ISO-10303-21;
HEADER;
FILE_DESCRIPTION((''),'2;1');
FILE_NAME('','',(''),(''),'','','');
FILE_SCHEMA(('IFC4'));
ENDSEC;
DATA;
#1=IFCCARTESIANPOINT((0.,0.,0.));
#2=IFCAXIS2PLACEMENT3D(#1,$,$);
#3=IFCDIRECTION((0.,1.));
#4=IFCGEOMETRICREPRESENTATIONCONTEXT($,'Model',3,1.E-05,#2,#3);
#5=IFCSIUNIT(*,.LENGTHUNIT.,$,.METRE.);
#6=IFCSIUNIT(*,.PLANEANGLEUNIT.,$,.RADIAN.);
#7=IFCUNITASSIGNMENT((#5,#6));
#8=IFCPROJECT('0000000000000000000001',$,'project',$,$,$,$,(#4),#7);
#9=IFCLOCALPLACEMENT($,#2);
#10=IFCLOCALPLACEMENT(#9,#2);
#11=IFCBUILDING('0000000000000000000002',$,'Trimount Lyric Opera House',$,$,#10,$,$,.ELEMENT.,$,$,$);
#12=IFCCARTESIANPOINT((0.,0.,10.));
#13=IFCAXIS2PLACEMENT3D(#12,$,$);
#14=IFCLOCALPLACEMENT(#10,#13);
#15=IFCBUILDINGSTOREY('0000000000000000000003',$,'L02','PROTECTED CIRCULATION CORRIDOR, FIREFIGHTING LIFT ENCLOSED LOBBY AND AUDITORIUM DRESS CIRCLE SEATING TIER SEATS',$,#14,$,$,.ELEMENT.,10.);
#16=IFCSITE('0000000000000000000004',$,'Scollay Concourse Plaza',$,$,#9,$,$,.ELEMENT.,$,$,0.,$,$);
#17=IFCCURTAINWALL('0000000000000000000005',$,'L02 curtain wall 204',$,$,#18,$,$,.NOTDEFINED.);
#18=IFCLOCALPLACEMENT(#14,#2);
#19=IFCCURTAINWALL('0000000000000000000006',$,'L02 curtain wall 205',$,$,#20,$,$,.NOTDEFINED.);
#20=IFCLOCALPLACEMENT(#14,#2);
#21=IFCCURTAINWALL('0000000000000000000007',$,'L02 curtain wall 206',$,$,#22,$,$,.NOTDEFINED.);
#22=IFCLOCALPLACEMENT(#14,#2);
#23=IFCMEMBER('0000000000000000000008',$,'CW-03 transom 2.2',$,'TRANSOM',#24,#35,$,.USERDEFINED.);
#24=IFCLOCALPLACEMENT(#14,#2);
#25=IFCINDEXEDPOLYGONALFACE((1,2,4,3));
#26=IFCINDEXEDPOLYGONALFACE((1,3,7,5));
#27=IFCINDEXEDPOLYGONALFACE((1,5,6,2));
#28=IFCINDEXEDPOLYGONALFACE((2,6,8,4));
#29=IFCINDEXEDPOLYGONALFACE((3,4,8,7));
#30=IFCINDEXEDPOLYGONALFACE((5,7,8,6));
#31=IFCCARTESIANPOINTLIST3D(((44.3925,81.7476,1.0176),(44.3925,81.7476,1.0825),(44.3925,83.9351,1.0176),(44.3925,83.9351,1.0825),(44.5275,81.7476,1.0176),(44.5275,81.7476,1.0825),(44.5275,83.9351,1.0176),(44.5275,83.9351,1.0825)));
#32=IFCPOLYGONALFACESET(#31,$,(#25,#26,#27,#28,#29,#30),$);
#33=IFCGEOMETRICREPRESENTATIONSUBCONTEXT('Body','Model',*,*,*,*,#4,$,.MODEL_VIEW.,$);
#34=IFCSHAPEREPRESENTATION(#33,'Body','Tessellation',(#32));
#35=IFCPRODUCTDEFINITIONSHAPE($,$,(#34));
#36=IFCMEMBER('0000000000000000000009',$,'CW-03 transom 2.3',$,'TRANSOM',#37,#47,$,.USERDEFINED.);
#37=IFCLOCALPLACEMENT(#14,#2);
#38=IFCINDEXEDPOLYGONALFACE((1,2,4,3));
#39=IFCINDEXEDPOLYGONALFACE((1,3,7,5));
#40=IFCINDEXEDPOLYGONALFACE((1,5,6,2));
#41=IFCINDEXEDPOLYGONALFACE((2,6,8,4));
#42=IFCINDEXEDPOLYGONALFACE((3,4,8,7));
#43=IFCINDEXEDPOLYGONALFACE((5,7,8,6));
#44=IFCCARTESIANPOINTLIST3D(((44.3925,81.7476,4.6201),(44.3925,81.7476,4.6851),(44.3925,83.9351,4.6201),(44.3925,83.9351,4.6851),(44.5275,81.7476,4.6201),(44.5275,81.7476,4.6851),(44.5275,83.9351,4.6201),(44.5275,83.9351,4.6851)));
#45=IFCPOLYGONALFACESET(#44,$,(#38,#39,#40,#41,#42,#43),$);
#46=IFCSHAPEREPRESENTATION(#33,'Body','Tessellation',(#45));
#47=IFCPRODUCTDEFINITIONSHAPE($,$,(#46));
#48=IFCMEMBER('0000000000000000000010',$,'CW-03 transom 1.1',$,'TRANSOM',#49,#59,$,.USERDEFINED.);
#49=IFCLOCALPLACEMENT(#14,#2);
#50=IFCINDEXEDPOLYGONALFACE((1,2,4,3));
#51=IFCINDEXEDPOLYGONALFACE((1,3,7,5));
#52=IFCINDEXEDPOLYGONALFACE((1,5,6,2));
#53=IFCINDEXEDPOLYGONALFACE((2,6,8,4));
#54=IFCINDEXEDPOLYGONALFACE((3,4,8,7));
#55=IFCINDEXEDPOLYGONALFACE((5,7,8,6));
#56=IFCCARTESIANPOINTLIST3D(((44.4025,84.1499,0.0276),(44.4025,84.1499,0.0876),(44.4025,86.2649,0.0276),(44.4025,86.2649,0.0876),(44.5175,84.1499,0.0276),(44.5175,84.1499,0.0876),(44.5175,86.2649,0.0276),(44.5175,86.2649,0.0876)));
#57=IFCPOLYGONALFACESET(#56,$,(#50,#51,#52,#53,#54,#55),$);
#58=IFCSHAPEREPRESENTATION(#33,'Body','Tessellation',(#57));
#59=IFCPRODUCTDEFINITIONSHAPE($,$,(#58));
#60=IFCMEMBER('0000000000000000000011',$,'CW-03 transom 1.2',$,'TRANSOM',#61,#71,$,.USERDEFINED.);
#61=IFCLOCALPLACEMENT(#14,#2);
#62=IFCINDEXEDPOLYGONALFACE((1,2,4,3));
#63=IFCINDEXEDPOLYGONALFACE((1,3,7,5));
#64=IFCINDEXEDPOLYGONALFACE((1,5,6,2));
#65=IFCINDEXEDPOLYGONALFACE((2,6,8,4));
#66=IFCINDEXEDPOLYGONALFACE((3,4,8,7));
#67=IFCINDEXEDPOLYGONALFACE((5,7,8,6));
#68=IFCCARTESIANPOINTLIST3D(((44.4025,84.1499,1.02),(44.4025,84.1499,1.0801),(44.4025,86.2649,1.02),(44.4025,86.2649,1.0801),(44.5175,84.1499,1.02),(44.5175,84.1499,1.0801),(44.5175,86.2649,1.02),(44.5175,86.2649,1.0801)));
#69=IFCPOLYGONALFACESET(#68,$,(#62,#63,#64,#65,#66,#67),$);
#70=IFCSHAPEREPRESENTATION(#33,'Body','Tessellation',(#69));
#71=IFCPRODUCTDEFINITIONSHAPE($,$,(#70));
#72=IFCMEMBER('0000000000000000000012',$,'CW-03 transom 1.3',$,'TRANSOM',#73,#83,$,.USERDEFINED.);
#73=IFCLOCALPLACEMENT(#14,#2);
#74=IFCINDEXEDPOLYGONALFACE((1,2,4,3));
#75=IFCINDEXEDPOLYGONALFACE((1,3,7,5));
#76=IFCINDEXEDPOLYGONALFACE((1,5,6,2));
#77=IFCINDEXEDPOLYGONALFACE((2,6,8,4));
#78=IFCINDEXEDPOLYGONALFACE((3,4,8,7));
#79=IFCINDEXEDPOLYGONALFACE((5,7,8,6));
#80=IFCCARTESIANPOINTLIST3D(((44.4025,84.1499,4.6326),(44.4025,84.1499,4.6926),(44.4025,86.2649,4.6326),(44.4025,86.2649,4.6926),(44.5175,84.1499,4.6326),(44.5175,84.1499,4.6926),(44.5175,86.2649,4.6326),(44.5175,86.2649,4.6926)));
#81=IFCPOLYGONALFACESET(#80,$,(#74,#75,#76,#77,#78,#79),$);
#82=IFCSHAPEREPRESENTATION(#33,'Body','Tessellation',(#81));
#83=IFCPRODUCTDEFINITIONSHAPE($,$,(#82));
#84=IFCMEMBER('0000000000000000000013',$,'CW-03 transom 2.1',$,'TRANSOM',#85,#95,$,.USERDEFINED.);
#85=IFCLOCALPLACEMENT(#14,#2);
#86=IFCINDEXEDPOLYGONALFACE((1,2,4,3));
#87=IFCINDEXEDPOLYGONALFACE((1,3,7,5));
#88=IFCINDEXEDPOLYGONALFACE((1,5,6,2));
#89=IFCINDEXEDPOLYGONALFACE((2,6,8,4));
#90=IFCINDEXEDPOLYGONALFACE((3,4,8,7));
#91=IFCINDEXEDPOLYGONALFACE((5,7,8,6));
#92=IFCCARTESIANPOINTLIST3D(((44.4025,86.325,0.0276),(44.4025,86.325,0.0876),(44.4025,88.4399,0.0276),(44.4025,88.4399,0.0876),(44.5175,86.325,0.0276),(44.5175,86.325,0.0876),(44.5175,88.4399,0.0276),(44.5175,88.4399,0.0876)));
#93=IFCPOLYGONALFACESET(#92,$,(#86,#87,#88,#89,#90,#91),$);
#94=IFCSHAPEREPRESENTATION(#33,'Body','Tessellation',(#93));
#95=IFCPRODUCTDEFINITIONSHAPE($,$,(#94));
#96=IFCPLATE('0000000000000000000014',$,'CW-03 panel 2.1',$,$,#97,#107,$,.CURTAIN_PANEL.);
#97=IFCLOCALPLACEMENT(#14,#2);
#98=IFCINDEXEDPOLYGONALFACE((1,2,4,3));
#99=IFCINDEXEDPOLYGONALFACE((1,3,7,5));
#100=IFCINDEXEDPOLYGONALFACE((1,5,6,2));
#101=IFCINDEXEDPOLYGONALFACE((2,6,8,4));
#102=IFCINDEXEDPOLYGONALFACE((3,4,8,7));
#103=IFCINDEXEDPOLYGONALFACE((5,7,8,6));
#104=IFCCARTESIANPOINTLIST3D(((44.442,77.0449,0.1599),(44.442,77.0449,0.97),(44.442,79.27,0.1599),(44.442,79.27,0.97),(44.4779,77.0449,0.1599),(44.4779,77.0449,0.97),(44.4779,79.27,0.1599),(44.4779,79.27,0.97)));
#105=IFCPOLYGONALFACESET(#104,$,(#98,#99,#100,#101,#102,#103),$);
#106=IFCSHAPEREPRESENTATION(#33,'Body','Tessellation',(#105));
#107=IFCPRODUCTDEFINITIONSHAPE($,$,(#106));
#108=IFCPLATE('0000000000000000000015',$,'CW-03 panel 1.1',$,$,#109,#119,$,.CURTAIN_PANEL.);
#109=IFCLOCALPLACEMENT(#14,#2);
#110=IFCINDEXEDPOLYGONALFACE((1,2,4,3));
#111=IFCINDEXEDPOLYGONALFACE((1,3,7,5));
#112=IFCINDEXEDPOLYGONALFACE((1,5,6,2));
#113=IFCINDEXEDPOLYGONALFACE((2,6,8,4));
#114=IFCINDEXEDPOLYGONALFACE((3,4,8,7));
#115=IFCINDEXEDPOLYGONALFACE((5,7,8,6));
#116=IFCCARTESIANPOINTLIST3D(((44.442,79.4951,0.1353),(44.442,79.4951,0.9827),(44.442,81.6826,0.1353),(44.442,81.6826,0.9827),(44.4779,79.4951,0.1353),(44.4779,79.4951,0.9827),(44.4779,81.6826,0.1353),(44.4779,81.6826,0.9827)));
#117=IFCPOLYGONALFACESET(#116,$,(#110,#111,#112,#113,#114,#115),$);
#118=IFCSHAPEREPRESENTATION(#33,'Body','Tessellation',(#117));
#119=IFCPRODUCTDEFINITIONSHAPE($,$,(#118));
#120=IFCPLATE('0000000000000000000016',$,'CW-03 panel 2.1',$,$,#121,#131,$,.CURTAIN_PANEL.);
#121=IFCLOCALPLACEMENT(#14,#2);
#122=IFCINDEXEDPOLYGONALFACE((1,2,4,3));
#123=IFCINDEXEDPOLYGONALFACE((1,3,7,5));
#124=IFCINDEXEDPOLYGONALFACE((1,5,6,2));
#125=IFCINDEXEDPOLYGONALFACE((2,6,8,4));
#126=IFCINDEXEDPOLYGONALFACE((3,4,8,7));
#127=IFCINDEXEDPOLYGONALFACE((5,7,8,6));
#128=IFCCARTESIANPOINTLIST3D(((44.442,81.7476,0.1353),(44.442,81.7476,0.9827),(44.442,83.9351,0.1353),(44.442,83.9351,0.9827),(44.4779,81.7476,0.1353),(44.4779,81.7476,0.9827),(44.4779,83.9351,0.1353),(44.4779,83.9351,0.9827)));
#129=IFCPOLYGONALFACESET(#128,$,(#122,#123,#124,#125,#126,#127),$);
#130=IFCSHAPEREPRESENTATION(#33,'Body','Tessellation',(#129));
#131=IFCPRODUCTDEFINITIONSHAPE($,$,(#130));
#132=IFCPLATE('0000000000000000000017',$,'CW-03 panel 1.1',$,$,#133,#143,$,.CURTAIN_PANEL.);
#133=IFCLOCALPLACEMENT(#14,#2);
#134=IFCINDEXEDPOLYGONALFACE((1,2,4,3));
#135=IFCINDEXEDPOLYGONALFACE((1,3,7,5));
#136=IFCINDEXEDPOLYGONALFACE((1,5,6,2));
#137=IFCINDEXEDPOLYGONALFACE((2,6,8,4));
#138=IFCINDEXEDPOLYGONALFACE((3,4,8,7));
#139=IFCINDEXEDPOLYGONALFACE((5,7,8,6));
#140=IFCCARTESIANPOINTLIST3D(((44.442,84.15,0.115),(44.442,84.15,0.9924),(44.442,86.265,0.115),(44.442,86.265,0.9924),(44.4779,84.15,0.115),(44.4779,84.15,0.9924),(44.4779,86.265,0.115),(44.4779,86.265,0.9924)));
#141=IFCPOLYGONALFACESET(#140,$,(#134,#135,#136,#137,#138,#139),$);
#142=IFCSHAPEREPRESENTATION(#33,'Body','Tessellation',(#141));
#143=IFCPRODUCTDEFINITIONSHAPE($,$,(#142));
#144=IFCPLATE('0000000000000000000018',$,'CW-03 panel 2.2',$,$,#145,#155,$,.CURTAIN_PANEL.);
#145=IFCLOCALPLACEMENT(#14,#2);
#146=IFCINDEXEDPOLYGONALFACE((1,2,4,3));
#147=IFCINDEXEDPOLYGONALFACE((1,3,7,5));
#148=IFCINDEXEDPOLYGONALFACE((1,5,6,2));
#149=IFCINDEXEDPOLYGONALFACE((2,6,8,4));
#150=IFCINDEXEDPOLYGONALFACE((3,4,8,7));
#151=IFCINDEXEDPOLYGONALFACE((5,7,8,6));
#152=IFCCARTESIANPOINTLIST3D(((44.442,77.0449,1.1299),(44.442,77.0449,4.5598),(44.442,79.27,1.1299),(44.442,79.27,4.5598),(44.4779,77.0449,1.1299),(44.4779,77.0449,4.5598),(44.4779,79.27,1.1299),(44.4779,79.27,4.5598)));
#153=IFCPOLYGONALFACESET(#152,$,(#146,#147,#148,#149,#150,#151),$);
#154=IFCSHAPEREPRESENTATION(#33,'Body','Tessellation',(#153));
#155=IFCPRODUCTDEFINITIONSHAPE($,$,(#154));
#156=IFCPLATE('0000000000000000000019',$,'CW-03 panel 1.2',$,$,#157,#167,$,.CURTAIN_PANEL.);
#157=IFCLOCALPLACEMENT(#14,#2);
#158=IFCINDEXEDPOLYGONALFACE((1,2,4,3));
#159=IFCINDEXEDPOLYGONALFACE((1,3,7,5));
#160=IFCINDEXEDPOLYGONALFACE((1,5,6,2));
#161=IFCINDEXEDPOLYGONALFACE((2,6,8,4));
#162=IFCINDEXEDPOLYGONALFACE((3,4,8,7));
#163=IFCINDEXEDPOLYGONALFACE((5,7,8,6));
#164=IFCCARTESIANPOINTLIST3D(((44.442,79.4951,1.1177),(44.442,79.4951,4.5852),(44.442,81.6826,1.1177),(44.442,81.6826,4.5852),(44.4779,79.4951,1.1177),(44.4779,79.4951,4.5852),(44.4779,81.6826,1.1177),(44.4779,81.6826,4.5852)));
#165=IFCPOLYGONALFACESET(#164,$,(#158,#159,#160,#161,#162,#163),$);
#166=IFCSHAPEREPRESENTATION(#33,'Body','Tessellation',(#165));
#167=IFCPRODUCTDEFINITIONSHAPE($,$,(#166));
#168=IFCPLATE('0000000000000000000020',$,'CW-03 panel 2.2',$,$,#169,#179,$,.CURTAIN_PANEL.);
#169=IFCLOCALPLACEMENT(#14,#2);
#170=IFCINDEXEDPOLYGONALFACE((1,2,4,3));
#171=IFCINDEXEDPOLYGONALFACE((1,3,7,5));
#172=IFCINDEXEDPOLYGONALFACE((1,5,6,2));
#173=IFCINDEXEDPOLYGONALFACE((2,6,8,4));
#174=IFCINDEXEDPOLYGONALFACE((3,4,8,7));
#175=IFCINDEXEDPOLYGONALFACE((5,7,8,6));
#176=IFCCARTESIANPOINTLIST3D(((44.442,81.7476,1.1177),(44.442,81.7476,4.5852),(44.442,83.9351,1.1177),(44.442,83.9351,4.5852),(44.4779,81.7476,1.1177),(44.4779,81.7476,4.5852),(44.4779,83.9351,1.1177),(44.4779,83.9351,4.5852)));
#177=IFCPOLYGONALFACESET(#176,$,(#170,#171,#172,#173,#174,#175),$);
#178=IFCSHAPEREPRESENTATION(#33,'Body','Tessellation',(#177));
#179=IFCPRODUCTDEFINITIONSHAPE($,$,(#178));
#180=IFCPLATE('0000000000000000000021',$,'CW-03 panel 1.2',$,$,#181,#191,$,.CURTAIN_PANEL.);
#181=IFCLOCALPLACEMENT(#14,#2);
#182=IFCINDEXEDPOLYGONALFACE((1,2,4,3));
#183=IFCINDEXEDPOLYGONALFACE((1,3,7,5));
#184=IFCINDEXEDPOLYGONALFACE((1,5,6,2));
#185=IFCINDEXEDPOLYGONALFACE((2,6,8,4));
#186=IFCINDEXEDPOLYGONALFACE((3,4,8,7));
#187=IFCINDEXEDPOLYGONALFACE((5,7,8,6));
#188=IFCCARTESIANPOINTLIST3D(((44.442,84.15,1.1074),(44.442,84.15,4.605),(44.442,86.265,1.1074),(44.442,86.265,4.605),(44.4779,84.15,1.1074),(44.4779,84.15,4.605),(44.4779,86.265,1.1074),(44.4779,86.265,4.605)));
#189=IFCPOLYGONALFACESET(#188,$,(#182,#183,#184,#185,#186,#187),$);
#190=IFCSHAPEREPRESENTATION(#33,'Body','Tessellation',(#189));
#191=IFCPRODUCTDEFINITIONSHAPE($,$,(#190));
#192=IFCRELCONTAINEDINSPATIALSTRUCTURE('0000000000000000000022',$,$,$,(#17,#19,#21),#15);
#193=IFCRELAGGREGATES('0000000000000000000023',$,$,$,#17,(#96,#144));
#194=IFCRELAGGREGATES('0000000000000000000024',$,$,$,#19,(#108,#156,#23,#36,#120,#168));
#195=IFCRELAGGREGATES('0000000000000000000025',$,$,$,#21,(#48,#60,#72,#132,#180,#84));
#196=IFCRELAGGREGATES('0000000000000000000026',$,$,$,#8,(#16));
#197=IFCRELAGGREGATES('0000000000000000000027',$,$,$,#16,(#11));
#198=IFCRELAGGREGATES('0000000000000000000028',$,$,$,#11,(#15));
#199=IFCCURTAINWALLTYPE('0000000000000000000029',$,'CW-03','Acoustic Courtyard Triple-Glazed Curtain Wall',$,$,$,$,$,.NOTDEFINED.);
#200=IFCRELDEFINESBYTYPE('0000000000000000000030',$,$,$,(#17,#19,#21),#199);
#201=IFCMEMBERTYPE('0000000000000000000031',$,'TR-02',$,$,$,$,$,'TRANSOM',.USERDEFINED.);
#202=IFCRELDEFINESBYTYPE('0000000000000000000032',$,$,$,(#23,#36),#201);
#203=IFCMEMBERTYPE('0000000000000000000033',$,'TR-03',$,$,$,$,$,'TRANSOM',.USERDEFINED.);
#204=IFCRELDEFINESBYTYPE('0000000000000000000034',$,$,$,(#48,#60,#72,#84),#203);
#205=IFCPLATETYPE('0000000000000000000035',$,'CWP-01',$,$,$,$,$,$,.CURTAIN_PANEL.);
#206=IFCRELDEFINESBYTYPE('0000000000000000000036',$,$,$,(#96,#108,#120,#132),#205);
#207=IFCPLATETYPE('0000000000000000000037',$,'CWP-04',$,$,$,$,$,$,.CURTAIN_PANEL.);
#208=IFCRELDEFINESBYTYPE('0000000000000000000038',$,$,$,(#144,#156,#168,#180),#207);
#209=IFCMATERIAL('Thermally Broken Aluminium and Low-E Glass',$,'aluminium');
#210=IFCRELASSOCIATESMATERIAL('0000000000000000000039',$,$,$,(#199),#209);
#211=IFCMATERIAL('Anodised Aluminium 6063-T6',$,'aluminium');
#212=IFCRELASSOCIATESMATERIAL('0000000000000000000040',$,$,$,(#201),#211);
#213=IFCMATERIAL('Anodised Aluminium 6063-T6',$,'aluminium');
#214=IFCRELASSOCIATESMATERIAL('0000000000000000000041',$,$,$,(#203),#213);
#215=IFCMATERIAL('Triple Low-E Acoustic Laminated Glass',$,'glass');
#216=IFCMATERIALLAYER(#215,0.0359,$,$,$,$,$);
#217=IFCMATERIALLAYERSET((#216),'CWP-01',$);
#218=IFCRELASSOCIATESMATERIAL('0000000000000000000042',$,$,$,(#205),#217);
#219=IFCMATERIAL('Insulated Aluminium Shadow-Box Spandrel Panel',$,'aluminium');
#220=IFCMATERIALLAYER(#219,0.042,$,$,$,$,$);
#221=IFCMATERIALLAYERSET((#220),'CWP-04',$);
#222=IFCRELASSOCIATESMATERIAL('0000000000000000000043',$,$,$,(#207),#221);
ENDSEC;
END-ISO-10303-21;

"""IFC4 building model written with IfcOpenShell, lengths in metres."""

from ifc_helpers import new_model, si_unit, direction, frame, origin, origin_2d, place, context, subcontext, project, spatial, rectangle, extrude, material, layer, layer_set, material_profile, profile_set, type_object, element, aggregate, save


model = new_model("IFC4")

# Units and contexts
model_context = context("Model", 3, precision=1e-05, world=origin(), true_north=direction((0.0, 1.0)))
body_context = subcontext(model_context, "Body", "Model", "MODEL_VIEW")
ifc_project = project(units=[si_unit("LENGTHUNIT", "METRE"), si_unit("PLANEANGLEUNIT", "RADIAN")], contexts=[model_context])

# Site, building, storey
site_placement = place(None, origin())
site = spatial("IfcSite", under=ifc_project, at=site_placement, Name="Scollay Concourse Plaza", CompositionType="ELEMENT", RefElevation=0.0)
building_placement = place(site_placement, origin())
building = spatial("IfcBuilding", under=site, at=building_placement, Name="Trimount Lyric Opera House", CompositionType="ELEMENT")
storey_placement = place(building_placement, frame((0.0, 0.0, 10.0)))
storey = spatial("IfcBuildingStorey", under=building, at=storey_placement, Name="L02", Description="PROTECTED CIRCULATION CORRIDOR, FIREFIGHTING LIFT ENCLOSED LOBBY AND AUDITORIUM DRESS CIRCLE SEATING TIER SEATS", CompositionType="ELEMENT", Elevation=10.0)

# Curtain walls
ifc_material_1 = material(Name="Thermally Broken Aluminium and Low-E Glass", Category="aluminium")
curtain_wall_type = type_object("IfcCurtainWallType", Name="CW-03", Description="Acoustic Courtyard Triple-Glazed Curtain Wall", PredefinedType="NOTDEFINED", material=ifc_material_1)
curtain_wall_1_placement = place(storey_placement, origin())
curtain_wall_1 = element("IfcCurtainWall", 1, at=curtain_wall_1_placement, inside=storey, type_object=curtain_wall_type, Name="L02 curtain wall 204", PredefinedType="NOTDEFINED")
curtain_wall_2_placement = place(storey_placement, origin())
curtain_wall_2 = element("IfcCurtainWall", 2, at=curtain_wall_2_placement, inside=storey, type_object=curtain_wall_type, Name="L02 curtain wall 205", PredefinedType="NOTDEFINED")
curtain_wall_3_placement = place(storey_placement, origin())
curtain_wall_3 = element("IfcCurtainWall", 3, at=curtain_wall_3_placement, inside=storey, type_object=curtain_wall_type, Name="L02 curtain wall 206", PredefinedType="NOTDEFINED")

# Members
ifc_material_2 = material(Name="Anodised Aluminium 6063-T6", Category="aluminium")
ifc_material_profile_1 = material_profile(ifc_material_2, rectangle(XDim=0.135, YDim=0.0649, at=origin_2d()), Name="ALU-TRAN-65X135")
ifc_profile_set_1 = profile_set([ifc_material_profile_1], Name="Anodised Aluminium 6063-T6")
member_type_1 = type_object("IfcMemberType", Name="TR-02", ElementType="TRANSOM", PredefinedType="USERDEFINED", material=ifc_profile_set_1)
member_1_placement = place(storey_placement, frame((44.46, 81.7476, 1.05), z_axis=(0.0, 1.0, 0.0), x_axis=(-1.0, 0.0, 0.0)))
member_1 = element("IfcMember", 4, at=member_1_placement, type_object=member_type_1, Name="CW-03 transom 2.2", ObjectType="TRANSOM", PredefinedType="USERDEFINED", context=body_context, shape_type="SweptSolid", body=[
    extrude(rectangle(XDim=0.135, YDim=0.0649, at=origin_2d()), origin(), (0.0, 0.0, 1.0), 2.1875),
])
member_2_placement = place(storey_placement, frame((44.46, 81.7476, 4.6526), z_axis=(0.0, 1.0, 0.0), x_axis=(-1.0, 0.0, 0.0)))
member_2 = element("IfcMember", 5, at=member_2_placement, type_object=member_type_1, Name="CW-03 transom 2.3", ObjectType="TRANSOM", PredefinedType="USERDEFINED", context=body_context, shape_type="SweptSolid", body=[
    extrude(rectangle(XDim=0.135, YDim=0.0649, at=origin_2d()), origin(), (0.0, 0.0, 1.0), 2.1875),
])
ifc_material_3 = material(Name="Anodised Aluminium 6063-T6", Category="aluminium")
ifc_material_profile_2 = material_profile(ifc_material_3, rectangle(XDim=0.115, YDim=0.0601, at=origin_2d()), Name="ALU-TRAN-60X115")
ifc_profile_set_2 = profile_set([ifc_material_profile_2], Name="Anodised Aluminium 6063-T6")
member_type_2 = type_object("IfcMemberType", Name="TR-03", ElementType="TRANSOM", PredefinedType="USERDEFINED", material=ifc_profile_set_2)
member_3_placement = place(storey_placement, frame((44.46, 84.1499, 0.0576), z_axis=(0.0, 1.0, 0.0), x_axis=(-1.0, 0.0, 0.0)))
member_3 = element("IfcMember", 6, at=member_3_placement, type_object=member_type_2, Name="CW-03 transom 1.1", ObjectType="TRANSOM", PredefinedType="USERDEFINED", context=body_context, shape_type="SweptSolid", body=[
    extrude(rectangle(XDim=0.115, YDim=0.0601, at=origin_2d()), origin(), (0.0, 0.0, 1.0), 2.115),
])
member_4_placement = place(storey_placement, frame((44.46, 84.1499, 1.05), z_axis=(0.0, 1.0, 0.0), x_axis=(-1.0, 0.0, 0.0)))
member_4 = element("IfcMember", 7, at=member_4_placement, type_object=member_type_2, Name="CW-03 transom 1.2", ObjectType="TRANSOM", PredefinedType="USERDEFINED", context=body_context, shape_type="SweptSolid", body=[
    extrude(rectangle(XDim=0.115, YDim=0.0601, at=origin_2d()), origin(), (0.0, 0.0, 1.0), 2.115),
])
member_5_placement = place(storey_placement, frame((44.46, 84.1499, 4.6626), z_axis=(0.0, 1.0, 0.0), x_axis=(-1.0, 0.0, 0.0)))
member_5 = element("IfcMember", 8, at=member_5_placement, type_object=member_type_2, Name="CW-03 transom 1.3", ObjectType="TRANSOM", PredefinedType="USERDEFINED", context=body_context, shape_type="SweptSolid", body=[
    extrude(rectangle(XDim=0.115, YDim=0.0601, at=origin_2d()), origin(), (0.0, 0.0, 1.0), 2.115),
])
member_6_placement = place(storey_placement, frame((44.46, 86.325, 0.0576), z_axis=(0.0, 1.0, 0.0), x_axis=(-1.0, 0.0, 0.0)))
member_6 = element("IfcMember", 9, at=member_6_placement, type_object=member_type_2, Name="CW-03 transom 2.1", ObjectType="TRANSOM", PredefinedType="USERDEFINED", context=body_context, shape_type="SweptSolid", body=[
    extrude(rectangle(XDim=0.115, YDim=0.0601, at=origin_2d()), origin(), (0.0, 0.0, 1.0), 2.115),
])

# Plates
ifc_material_4 = material(Name="Triple Low-E Acoustic Laminated Glass", Category="glass")
ifc_layer_1 = layer(ifc_material_4, 0.0359)
ifc_layer_set_1 = layer_set([ifc_layer_1], Name="CWP-01")
plate_type_1 = type_object("IfcPlateType", Name="CWP-01", PredefinedType="CURTAIN_PANEL", material=ifc_layer_set_1)
plate_1_placement = place(storey_placement, frame((44.46, 78.1575, 0.1599), z_axis=(0.0, 0.0, 1.0), x_axis=(0.0, 1.0, 0.0)))
plate_1 = element("IfcPlate", 10, at=plate_1_placement, type_object=plate_type_1, Name="CW-03 panel 2.1", PredefinedType="CURTAIN_PANEL", context=body_context, shape_type="SweptSolid", body=[
    extrude(rectangle(XDim=2.2251, YDim=0.0359, at=origin_2d()), origin(), (0.0, 0.0, 1.0), 0.8101),
])
plate_2_placement = place(storey_placement, frame((44.46, 80.5889, 0.1353), z_axis=(0.0, 0.0, 1.0), x_axis=(0.0, 1.0, 0.0)))
plate_2 = element("IfcPlate", 11, at=plate_2_placement, type_object=plate_type_1, Name="CW-03 panel 1.1", PredefinedType="CURTAIN_PANEL", context=body_context, shape_type="SweptSolid", body=[
    extrude(rectangle(XDim=2.1875, YDim=0.0359, at=origin_2d()), origin(), (0.0, 0.0, 1.0), 0.8474),
])
plate_3_placement = place(storey_placement, frame((44.46, 82.8413, 0.1353), z_axis=(0.0, 0.0, 1.0), x_axis=(0.0, 1.0, 0.0)))
plate_3 = element("IfcPlate", 12, at=plate_3_placement, type_object=plate_type_1, Name="CW-03 panel 2.1", PredefinedType="CURTAIN_PANEL", context=body_context, shape_type="SweptSolid", body=[
    extrude(rectangle(XDim=2.1875, YDim=0.0359, at=origin_2d()), origin(), (0.0, 0.0, 1.0), 0.8474),
])
plate_4_placement = place(storey_placement, frame((44.46, 85.2075, 0.115), z_axis=(0.0, 0.0, 1.0), x_axis=(0.0, 1.0, 0.0)))
plate_4 = element("IfcPlate", 13, at=plate_4_placement, type_object=plate_type_1, Name="CW-03 panel 1.1", PredefinedType="CURTAIN_PANEL", context=body_context, shape_type="SweptSolid", body=[
    extrude(rectangle(XDim=2.115, YDim=0.0359, at=origin_2d()), origin(), (0.0, 0.0, 1.0), 0.8774),
])
ifc_material_5 = material(Name="Insulated Aluminium Shadow-Box Spandrel Panel", Category="aluminium")
ifc_layer_2 = layer(ifc_material_5, 0.042)
ifc_layer_set_2 = layer_set([ifc_layer_2], Name="CWP-04")
plate_type_2 = type_object("IfcPlateType", Name="CWP-04", PredefinedType="CURTAIN_PANEL", material=ifc_layer_set_2)
plate_5_placement = place(storey_placement, frame((44.46, 78.1575, 1.1299), z_axis=(0.0, 0.0, 1.0), x_axis=(0.0, 1.0, 0.0)))
plate_5 = element("IfcPlate", 14, at=plate_5_placement, type_object=plate_type_2, Name="CW-03 panel 2.2", PredefinedType="CURTAIN_PANEL", context=body_context, shape_type="SweptSolid", body=[
    extrude(rectangle(XDim=2.2251, YDim=0.0359, at=origin_2d()), origin(), (0.0, 0.0, 1.0), 3.4299),
])
aggregate(curtain_wall_1, [plate_1, plate_5])
plate_6_placement = place(storey_placement, frame((44.46, 80.5889, 1.1177), z_axis=(0.0, 0.0, 1.0), x_axis=(0.0, 1.0, 0.0)))
plate_6 = element("IfcPlate", 15, at=plate_6_placement, type_object=plate_type_2, Name="CW-03 panel 1.2", PredefinedType="CURTAIN_PANEL", context=body_context, shape_type="SweptSolid", body=[
    extrude(rectangle(XDim=2.1875, YDim=0.0359, at=origin_2d()), origin(), (0.0, 0.0, 1.0), 3.4675),
])
plate_7_placement = place(storey_placement, frame((44.46, 82.8413, 1.1177), z_axis=(0.0, 0.0, 1.0), x_axis=(0.0, 1.0, 0.0)))
plate_7 = element("IfcPlate", 16, at=plate_7_placement, type_object=plate_type_2, Name="CW-03 panel 2.2", PredefinedType="CURTAIN_PANEL", context=body_context, shape_type="SweptSolid", body=[
    extrude(rectangle(XDim=2.1875, YDim=0.0359, at=origin_2d()), origin(), (0.0, 0.0, 1.0), 3.4675),
])
aggregate(curtain_wall_2, [plate_2, plate_6, member_1, member_2, plate_3, plate_7])
plate_8_placement = place(storey_placement, frame((44.46, 85.2075, 1.1074), z_axis=(0.0, 0.0, 1.0), x_axis=(0.0, 1.0, 0.0)))
plate_8 = element("IfcPlate", 17, at=plate_8_placement, type_object=plate_type_2, Name="CW-03 panel 1.2", PredefinedType="CURTAIN_PANEL", context=body_context, shape_type="SweptSolid", body=[
    extrude(rectangle(XDim=2.115, YDim=0.0359, at=origin_2d()), origin(), (0.0, 0.0, 1.0), 3.4976),
])
aggregate(curtain_wall_3, [member_3, member_4, member_5, plate_4, plate_8, member_6])

save(model, "model.ifc")
